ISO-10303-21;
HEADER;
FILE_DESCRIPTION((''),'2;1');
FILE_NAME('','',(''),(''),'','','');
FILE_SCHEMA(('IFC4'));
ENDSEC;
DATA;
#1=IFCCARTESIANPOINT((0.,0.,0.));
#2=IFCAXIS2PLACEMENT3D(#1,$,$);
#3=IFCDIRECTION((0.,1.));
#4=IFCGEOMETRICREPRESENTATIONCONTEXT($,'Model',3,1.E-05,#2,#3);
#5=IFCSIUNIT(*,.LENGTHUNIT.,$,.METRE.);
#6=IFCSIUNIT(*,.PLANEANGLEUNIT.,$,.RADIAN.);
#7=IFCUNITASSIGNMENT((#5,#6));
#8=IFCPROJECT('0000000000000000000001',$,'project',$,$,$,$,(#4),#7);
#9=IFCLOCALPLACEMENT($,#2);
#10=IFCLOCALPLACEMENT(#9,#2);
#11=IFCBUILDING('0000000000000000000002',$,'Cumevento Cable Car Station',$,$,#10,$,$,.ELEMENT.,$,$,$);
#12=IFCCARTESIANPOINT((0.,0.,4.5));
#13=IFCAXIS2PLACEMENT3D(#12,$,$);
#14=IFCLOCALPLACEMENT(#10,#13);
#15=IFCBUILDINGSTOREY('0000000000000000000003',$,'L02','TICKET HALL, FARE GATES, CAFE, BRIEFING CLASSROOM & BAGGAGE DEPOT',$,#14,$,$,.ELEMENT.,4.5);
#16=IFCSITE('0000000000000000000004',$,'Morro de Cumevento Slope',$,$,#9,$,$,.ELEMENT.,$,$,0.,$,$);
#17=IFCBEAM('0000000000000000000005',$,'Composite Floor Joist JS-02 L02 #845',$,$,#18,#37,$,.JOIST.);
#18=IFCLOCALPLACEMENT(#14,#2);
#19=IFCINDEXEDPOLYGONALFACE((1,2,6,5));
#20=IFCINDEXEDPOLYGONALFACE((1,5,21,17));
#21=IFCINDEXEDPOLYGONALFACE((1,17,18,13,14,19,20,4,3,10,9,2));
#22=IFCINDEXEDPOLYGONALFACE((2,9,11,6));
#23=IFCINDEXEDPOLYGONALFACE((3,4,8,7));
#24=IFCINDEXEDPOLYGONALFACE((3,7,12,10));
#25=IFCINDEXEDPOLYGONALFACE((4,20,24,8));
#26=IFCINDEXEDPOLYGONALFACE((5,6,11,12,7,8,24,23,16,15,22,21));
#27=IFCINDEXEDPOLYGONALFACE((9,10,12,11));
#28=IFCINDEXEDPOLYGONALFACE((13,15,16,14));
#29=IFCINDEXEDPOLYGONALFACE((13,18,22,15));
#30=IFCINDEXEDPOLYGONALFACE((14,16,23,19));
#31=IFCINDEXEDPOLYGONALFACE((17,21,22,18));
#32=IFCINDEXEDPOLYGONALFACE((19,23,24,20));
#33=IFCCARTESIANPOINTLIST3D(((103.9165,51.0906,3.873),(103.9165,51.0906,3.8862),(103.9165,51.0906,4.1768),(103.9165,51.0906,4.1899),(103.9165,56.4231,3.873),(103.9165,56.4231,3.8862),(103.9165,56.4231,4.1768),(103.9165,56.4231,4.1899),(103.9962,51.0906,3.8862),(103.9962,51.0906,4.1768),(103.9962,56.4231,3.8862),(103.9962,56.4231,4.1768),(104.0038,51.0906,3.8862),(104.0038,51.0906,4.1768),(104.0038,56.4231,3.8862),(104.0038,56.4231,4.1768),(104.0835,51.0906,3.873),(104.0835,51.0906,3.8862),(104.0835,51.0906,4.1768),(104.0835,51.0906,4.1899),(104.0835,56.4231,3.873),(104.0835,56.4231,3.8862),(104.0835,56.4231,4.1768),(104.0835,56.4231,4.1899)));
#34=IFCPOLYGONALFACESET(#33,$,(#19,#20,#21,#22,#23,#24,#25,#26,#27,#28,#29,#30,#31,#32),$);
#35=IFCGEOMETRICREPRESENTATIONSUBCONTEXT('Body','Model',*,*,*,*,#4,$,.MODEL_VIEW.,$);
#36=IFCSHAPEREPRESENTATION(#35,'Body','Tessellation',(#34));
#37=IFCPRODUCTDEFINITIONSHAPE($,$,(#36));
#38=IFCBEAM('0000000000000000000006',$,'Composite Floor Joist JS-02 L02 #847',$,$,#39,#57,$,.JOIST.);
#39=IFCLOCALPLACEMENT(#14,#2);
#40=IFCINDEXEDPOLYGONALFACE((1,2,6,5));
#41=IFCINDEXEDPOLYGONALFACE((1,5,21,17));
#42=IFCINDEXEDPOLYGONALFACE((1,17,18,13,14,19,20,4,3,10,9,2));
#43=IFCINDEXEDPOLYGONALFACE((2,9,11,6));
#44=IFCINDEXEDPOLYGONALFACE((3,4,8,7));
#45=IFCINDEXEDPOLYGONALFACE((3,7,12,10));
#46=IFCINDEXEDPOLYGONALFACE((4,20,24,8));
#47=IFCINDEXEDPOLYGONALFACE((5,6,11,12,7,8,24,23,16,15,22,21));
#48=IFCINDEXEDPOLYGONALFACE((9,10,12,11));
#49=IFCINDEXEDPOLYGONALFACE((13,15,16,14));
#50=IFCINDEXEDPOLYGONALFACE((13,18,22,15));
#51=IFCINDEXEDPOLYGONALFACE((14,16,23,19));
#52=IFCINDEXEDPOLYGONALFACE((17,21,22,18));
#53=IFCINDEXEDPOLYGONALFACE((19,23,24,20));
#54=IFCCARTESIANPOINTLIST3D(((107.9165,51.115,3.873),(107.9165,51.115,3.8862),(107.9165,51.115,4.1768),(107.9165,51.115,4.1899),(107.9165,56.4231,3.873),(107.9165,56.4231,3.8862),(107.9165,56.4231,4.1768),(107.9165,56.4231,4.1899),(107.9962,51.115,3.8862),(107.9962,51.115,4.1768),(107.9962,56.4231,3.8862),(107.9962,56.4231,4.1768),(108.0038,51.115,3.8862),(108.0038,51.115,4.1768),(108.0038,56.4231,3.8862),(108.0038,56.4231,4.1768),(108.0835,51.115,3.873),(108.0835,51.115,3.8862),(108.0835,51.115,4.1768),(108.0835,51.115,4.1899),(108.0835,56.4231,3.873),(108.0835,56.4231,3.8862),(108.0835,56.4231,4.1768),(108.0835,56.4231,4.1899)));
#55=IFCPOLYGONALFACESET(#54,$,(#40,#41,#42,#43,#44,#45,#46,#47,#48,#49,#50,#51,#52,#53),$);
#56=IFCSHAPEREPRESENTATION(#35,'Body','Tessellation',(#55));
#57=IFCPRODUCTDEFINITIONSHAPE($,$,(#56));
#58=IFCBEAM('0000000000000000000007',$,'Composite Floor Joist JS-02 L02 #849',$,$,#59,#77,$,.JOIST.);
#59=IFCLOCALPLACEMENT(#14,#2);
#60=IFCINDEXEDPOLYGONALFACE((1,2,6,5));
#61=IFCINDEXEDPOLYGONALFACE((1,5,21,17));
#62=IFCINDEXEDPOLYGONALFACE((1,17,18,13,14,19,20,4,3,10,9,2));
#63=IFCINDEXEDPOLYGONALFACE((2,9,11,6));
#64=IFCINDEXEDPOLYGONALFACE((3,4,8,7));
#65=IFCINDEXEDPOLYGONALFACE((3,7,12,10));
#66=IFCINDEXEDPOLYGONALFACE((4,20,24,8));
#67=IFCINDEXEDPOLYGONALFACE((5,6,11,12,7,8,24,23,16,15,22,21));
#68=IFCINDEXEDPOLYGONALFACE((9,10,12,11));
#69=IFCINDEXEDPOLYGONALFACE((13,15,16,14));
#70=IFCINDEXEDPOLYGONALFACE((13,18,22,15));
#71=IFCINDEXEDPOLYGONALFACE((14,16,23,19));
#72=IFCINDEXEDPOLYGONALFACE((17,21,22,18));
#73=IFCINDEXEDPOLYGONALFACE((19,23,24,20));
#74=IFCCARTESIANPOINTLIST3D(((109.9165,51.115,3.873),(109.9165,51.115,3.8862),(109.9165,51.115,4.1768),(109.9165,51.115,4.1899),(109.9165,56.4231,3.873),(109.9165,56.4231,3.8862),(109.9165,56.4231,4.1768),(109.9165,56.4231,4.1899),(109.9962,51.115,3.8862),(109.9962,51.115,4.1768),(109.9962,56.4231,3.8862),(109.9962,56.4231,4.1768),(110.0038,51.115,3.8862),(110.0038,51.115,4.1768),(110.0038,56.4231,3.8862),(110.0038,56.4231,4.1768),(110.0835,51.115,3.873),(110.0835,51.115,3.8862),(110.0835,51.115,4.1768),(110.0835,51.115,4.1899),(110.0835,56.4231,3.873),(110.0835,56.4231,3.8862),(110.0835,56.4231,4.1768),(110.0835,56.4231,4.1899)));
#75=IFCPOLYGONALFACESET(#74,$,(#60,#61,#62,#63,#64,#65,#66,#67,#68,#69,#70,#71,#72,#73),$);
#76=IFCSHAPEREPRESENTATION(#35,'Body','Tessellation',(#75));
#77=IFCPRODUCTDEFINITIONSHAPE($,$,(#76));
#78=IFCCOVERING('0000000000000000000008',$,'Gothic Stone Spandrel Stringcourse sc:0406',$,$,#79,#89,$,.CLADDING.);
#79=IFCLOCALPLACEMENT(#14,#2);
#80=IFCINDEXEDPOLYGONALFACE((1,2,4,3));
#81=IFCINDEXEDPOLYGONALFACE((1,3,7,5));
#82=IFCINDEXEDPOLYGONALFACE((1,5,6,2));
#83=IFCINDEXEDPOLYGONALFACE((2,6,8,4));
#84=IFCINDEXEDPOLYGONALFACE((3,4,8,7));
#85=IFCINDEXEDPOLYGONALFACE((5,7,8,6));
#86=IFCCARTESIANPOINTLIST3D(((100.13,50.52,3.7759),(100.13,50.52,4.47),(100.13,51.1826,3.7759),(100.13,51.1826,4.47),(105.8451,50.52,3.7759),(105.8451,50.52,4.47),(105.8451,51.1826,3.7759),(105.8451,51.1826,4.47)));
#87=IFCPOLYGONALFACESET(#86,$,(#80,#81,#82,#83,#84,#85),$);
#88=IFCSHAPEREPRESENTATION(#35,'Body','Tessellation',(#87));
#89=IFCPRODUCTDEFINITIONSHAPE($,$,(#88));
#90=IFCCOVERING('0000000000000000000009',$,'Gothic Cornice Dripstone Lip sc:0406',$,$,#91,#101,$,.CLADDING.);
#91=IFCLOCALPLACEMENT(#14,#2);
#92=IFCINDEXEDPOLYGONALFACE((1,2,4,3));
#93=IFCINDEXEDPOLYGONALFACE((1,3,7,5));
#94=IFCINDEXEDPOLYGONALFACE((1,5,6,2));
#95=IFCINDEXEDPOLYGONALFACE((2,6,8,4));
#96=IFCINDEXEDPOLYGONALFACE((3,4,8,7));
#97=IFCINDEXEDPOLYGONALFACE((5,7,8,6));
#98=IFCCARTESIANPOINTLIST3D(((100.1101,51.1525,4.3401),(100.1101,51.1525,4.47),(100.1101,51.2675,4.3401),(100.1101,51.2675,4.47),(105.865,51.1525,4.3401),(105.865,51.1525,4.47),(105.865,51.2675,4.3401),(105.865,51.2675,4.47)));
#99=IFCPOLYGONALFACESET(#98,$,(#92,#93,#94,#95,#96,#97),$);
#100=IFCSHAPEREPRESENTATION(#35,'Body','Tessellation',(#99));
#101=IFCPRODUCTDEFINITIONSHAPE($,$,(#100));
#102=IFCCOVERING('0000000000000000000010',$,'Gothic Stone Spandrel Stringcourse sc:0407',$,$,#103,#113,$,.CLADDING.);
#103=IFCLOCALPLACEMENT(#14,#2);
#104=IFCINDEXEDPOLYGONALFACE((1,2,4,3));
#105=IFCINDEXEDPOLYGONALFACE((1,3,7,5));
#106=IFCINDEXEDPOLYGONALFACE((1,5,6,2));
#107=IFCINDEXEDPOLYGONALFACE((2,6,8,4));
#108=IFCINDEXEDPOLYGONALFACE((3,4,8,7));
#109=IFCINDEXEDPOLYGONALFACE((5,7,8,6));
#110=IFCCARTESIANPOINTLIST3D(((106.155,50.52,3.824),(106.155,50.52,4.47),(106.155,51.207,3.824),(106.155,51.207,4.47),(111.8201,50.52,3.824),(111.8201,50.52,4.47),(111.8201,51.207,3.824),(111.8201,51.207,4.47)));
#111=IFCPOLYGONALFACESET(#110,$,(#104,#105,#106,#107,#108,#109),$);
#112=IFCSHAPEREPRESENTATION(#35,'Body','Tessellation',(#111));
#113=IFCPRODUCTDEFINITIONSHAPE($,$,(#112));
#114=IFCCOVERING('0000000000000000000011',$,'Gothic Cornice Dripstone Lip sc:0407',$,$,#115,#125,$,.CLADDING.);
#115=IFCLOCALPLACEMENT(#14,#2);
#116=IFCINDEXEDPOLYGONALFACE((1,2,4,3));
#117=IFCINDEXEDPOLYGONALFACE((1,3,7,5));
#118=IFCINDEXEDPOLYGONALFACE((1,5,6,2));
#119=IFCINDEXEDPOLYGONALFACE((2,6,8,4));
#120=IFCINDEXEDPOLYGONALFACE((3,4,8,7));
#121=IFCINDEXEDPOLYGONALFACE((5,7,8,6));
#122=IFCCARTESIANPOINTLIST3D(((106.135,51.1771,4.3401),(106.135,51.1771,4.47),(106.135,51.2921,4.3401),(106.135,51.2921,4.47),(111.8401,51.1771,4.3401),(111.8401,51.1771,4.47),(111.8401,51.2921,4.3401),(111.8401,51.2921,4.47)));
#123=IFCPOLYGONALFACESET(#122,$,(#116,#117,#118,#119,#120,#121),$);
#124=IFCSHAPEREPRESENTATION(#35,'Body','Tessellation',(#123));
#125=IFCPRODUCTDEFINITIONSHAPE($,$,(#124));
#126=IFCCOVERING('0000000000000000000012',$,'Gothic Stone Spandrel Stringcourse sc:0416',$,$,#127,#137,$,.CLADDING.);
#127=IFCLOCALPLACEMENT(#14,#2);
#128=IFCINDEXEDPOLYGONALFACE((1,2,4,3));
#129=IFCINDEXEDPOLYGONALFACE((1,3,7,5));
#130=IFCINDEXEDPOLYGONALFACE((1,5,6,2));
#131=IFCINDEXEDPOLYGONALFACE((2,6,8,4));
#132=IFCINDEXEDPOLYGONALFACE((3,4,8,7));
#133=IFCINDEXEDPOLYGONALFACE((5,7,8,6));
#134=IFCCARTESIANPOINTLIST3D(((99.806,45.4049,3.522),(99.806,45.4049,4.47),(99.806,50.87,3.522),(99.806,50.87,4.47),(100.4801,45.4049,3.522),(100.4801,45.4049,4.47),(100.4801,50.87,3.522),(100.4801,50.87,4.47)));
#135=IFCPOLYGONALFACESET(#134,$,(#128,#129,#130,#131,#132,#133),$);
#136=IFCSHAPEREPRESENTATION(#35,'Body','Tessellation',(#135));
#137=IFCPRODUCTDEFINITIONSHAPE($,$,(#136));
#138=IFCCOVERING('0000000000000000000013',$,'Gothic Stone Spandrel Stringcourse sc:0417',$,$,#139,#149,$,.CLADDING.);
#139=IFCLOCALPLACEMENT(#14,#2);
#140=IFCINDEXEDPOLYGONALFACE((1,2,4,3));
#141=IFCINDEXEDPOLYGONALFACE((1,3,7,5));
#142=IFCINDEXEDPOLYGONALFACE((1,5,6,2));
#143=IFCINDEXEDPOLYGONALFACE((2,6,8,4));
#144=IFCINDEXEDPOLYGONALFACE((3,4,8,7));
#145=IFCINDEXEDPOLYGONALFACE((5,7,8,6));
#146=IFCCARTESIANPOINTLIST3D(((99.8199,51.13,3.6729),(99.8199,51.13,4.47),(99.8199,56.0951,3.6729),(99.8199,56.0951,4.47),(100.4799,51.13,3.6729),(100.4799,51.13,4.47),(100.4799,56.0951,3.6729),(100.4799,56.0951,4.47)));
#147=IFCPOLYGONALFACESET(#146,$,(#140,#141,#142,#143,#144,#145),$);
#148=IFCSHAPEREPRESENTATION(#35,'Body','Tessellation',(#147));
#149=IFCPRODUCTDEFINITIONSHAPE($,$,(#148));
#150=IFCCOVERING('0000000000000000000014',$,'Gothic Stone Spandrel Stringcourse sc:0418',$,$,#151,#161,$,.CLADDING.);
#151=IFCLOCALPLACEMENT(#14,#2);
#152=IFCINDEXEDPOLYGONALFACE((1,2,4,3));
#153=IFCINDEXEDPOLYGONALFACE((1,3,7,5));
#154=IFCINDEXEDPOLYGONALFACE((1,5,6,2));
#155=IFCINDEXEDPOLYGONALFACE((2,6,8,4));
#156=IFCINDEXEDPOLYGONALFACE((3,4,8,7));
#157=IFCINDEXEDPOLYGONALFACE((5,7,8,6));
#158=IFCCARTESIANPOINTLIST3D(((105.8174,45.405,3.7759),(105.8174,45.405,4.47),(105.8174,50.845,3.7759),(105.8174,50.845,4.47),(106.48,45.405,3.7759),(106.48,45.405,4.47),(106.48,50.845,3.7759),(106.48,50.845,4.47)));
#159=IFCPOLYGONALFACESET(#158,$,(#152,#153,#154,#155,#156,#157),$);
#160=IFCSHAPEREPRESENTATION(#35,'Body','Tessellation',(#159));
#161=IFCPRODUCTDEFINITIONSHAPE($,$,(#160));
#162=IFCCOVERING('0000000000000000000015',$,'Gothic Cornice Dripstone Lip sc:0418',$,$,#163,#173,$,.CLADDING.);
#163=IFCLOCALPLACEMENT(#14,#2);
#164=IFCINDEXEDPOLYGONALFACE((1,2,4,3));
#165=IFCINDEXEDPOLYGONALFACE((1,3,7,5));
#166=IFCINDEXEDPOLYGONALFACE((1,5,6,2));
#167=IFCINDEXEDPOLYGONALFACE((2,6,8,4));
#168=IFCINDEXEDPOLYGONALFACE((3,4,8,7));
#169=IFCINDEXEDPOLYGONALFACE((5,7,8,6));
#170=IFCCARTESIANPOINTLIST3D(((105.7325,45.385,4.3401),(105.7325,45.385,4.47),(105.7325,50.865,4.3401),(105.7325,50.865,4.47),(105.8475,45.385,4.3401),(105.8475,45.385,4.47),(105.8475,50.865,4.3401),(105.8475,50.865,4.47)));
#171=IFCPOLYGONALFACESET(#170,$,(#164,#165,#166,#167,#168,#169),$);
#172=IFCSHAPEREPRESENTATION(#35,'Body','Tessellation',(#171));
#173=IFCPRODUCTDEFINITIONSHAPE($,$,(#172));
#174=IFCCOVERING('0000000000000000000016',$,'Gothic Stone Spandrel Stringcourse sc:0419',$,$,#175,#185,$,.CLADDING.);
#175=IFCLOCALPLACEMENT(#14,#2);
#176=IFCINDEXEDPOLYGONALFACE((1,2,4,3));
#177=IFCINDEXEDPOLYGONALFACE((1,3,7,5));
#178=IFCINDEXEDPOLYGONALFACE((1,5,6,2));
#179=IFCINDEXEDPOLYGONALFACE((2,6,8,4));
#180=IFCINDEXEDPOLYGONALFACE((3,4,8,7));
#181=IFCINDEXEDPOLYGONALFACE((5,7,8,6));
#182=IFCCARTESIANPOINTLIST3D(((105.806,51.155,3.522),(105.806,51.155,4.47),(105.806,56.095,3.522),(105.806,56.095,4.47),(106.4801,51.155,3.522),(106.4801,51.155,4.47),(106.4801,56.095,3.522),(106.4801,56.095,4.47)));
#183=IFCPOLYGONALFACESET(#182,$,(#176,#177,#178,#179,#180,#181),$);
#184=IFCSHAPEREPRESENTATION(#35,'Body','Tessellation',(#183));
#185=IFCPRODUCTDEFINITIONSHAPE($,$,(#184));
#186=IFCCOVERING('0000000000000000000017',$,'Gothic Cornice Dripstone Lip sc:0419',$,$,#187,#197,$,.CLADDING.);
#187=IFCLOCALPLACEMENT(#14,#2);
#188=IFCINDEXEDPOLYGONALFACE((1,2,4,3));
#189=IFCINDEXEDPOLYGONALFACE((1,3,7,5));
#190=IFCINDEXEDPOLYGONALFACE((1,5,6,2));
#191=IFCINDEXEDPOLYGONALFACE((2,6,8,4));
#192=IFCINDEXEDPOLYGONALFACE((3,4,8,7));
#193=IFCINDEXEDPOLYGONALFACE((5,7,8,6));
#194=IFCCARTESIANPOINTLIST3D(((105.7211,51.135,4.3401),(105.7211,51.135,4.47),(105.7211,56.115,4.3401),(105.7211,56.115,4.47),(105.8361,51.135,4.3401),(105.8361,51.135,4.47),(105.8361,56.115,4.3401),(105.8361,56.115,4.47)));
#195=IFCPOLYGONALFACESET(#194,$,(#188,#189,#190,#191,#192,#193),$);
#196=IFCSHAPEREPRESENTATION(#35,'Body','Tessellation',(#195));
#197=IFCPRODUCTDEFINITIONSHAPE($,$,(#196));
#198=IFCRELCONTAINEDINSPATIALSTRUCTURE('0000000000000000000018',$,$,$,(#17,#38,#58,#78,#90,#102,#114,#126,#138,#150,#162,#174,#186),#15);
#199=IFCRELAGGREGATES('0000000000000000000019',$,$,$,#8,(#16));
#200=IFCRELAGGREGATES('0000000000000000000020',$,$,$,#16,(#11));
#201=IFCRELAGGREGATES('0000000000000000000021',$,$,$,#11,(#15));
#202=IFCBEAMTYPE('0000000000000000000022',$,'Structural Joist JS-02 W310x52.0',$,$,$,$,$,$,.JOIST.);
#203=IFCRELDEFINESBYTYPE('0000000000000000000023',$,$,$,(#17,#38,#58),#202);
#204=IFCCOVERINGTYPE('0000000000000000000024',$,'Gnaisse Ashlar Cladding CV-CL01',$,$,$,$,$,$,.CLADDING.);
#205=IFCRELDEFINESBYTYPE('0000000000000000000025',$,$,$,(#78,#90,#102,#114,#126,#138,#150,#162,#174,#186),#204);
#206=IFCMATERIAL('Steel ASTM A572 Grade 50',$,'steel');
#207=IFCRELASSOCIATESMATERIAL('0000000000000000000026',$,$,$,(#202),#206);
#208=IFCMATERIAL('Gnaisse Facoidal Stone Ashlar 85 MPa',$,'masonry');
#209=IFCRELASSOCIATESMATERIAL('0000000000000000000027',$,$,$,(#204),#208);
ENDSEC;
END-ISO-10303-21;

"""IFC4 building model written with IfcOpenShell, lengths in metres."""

from ifc_helpers import new_model, si_unit, direction, frame, origin, origin_2d, place, context, subcontext, project, spatial, rectangle, i_section, extrude, material, material_profile, profile_set, type_object, element, save


model = new_model("IFC4")

# Units and contexts
model_context = context("Model", 3, precision=1e-05, world=origin(), true_north=direction((0.0, 1.0)))
body_context = subcontext(model_context, "Body", "Model", "MODEL_VIEW")
ifc_project = project(units=[si_unit("LENGTHUNIT", "METRE"), si_unit("PLANEANGLEUNIT", "RADIAN")], contexts=[model_context])

# Site, building, storey
site_placement = place(None, origin())
site = spatial("IfcSite", under=ifc_project, at=site_placement, Name="Morro de Cumevento Slope", CompositionType="ELEMENT", RefElevation=0.0)
building_placement = place(site_placement, origin())
building = spatial("IfcBuilding", under=site, at=building_placement, Name="Cumevento Cable Car Station", CompositionType="ELEMENT")
storey_placement = place(building_placement, frame((0.0, 0.0, 4.5)))
storey = spatial("IfcBuildingStorey", under=building, at=storey_placement, Name="L02", Description="TICKET HALL, FARE GATES, CAFE, BRIEFING CLASSROOM & BAGGAGE DEPOT", CompositionType="ELEMENT", Elevation=4.5)

# Beams
ifc_material_1 = material(Name="Steel ASTM A572 Grade 50", Category="steel")
ifc_material_profile_1 = material_profile(ifc_material_1, i_section(OverallWidth=0.167, OverallDepth=0.3169, WebThickness=0.0076, FlangeThickness=0.0132, at=origin_2d()), Name="W310x52.0")
ifc_profile_set_1 = profile_set([ifc_material_profile_1], Name="Steel ASTM A572 Grade 50")
beam_type_1 = type_object("IfcBeamType", Name="Structural Joist JS-02 W310x52.0", PredefinedType="JOIST", material=ifc_profile_set_1)
for number, where, z_axis, x_axis, name in (
    (1, (104.0, 51.0906, 4.0315), (0.0, 1.0, 0.0), (-1.0, 0.0, 0.0), "Composite Floor Joist JS-02 L02 #845"),
):
    element("IfcBeam", number, at=place(storey_placement, frame(where, z_axis=z_axis, x_axis=x_axis)), inside=storey, type_object=beam_type_1, Name=name, PredefinedType="JOIST", context=body_context, shape_type="SweptSolid", body=[
        extrude(i_section(OverallWidth=0.167, OverallDepth=0.3169, WebThickness=0.0076, FlangeThickness=0.0132, at=origin_2d()), origin(), (0.0, 0.0, 1.0), 5.3325),
    ])
for number, where, z_axis, x_axis, name in (
    (2, (108.0, 51.115, 4.0315), (0.0, 1.0, 0.0), (-1.0, 0.0, 0.0), "Composite Floor Joist JS-02 L02 #847"),
    (3, (110.0, 51.115, 4.0315), (0.0, 1.0, 0.0), (-1.0, 0.0, 0.0), "Composite Floor Joist JS-02 L02 #849"),
):
    element("IfcBeam", number, at=place(storey_placement, frame(where, z_axis=z_axis, x_axis=x_axis)), inside=storey, type_object=beam_type_1, Name=name, PredefinedType="JOIST", context=body_context, shape_type="SweptSolid", body=[
        extrude(i_section(OverallWidth=0.167, OverallDepth=0.3169, WebThickness=0.0076, FlangeThickness=0.0132, at=origin_2d()), origin(), (0.0, 0.0, 1.0), 5.3081),
    ])

# Coverings
ifc_material_2 = material(Name="Gnaisse Facoidal Stone Ashlar 85 MPa", Category="masonry")
covering_type = type_object("IfcCoveringType", Name="Gnaisse Ashlar Cladding CV-CL01", PredefinedType="CLADDING", material=ifc_material_2)
covering_1_placement = place(storey_placement, frame((102.9875, 50.8513, 3.7759), z_axis=(0.0, 0.0, 1.0), x_axis=(1.0, 0.0, 0.0)))
element("IfcCovering", 4, at=covering_1_placement, inside=storey, type_object=covering_type, Name="Gothic Stone Spandrel Stringcourse sc:0406", PredefinedType="CLADDING", context=body_context, shape_type="SweptSolid", body=[
    extrude(rectangle(XDim=5.7151, YDim=0.6626, at=origin_2d()), origin(), (0.0, 0.0, 1.0), 0.6941),
])
covering_2_placement = place(storey_placement, frame((102.9875, 51.21, 4.3401), z_axis=(0.0, 0.0, 1.0), x_axis=(1.0, 0.0, 0.0)))
element("IfcCovering", 5, at=covering_2_placement, inside=storey, type_object=covering_type, Name="Gothic Cornice Dripstone Lip sc:0406", PredefinedType="CLADDING", context=body_context, shape_type="SweptSolid", body=[
    extrude(rectangle(XDim=5.7549, YDim=0.115, at=origin_2d()), origin(), (0.0, 0.0, 1.0), 0.1299),
])
covering_3_placement = place(storey_placement, frame((108.9875, 50.8635, 3.824), z_axis=(0.0, 0.0, 1.0), x_axis=(1.0, 0.0, 0.0)))
element("IfcCovering", 6, at=covering_3_placement, inside=storey, type_object=covering_type, Name="Gothic Stone Spandrel Stringcourse sc:0407", PredefinedType="CLADDING", context=body_context, shape_type="SweptSolid", body=[
    extrude(rectangle(XDim=5.665, YDim=0.687, at=origin_2d()), origin(), (0.0, 0.0, 1.0), 0.646),
])
covering_4_placement = place(storey_placement, frame((108.9875, 51.2346, 4.3401), z_axis=(0.0, 0.0, 1.0), x_axis=(1.0, 0.0, 0.0)))
element("IfcCovering", 7, at=covering_4_placement, inside=storey, type_object=covering_type, Name="Gothic Cornice Dripstone Lip sc:0407", PredefinedType="CLADDING", context=body_context, shape_type="SweptSolid", body=[
    extrude(rectangle(XDim=5.7051, YDim=0.115, at=origin_2d()), origin(), (0.0, 0.0, 1.0), 0.1299),
])
covering_5_placement = place(storey_placement, frame((100.1431, 48.1375, 3.522), z_axis=(0.0, 0.0, 1.0), x_axis=(0.0, 1.0, 0.0)))
element("IfcCovering", 8, at=covering_5_placement, inside=storey, type_object=covering_type, Name="Gothic Stone Spandrel Stringcourse sc:0416", PredefinedType="CLADDING", context=body_context, shape_type="SweptSolid", body=[
    extrude(rectangle(XDim=5.4651, YDim=0.6741, at=origin_2d()), origin(), (0.0, 0.0, 1.0), 0.948),
])
covering_6_placement = place(storey_placement, frame((100.1499, 53.6125, 3.6729), z_axis=(0.0, 0.0, 1.0), x_axis=(0.0, 1.0, 0.0)))
element("IfcCovering", 9, at=covering_6_placement, inside=storey, type_object=covering_type, Name="Gothic Stone Spandrel Stringcourse sc:0417", PredefinedType="CLADDING", context=body_context, shape_type="SweptSolid", body=[
    extrude(rectangle(XDim=4.9651, YDim=0.6599, at=origin_2d()), origin(), (0.0, 0.0, 1.0), 0.7971),
])
covering_7_placement = place(storey_placement, frame((106.1487, 48.125, 3.7759), z_axis=(0.0, 0.0, 1.0), x_axis=(0.0, 1.0, 0.0)))
element("IfcCovering", 10, at=covering_7_placement, inside=storey, type_object=covering_type, Name="Gothic Stone Spandrel Stringcourse sc:0418", PredefinedType="CLADDING", context=body_context, shape_type="SweptSolid", body=[
    extrude(rectangle(XDim=5.4399, YDim=0.6626, at=origin_2d()), origin(), (0.0, 0.0, 1.0), 0.6941),
])
covering_8_placement = place(storey_placement, frame((105.79, 48.125, 4.3401), z_axis=(0.0, 0.0, 1.0), x_axis=(0.0, 1.0, 0.0)))
element("IfcCovering", 11, at=covering_8_placement, inside=storey, type_object=covering_type, Name="Gothic Cornice Dripstone Lip sc:0418", PredefinedType="CLADDING", context=body_context, shape_type="SweptSolid", body=[
    extrude(rectangle(XDim=5.48, YDim=0.115, at=origin_2d()), origin(), (0.0, 0.0, 1.0), 0.1299),
])
covering_9_placement = place(storey_placement, frame((106.1431, 53.625, 3.522), z_axis=(0.0, 0.0, 1.0), x_axis=(0.0, 1.0, 0.0)))
element("IfcCovering", 12, at=covering_9_placement, inside=storey, type_object=covering_type, Name="Gothic Stone Spandrel Stringcourse sc:0419", PredefinedType="CLADDING", context=body_context, shape_type="SweptSolid", body=[
    extrude(rectangle(XDim=4.9399, YDim=0.6741, at=origin_2d()), origin(), (0.0, 0.0, 1.0), 0.948),
])
covering_10_placement = place(storey_placement, frame((105.7786, 53.625, 4.3401), z_axis=(0.0, 0.0, 1.0), x_axis=(0.0, 1.0, 0.0)))
element("IfcCovering", 13, at=covering_10_placement, inside=storey, type_object=covering_type, Name="Gothic Cornice Dripstone Lip sc:0419", PredefinedType="CLADDING", context=body_context, shape_type="SweptSolid", body=[
    extrude(rectangle(XDim=4.98, YDim=0.115, at=origin_2d()), origin(), (0.0, 0.0, 1.0), 0.1299),
])

save(model, "model.ifc")
